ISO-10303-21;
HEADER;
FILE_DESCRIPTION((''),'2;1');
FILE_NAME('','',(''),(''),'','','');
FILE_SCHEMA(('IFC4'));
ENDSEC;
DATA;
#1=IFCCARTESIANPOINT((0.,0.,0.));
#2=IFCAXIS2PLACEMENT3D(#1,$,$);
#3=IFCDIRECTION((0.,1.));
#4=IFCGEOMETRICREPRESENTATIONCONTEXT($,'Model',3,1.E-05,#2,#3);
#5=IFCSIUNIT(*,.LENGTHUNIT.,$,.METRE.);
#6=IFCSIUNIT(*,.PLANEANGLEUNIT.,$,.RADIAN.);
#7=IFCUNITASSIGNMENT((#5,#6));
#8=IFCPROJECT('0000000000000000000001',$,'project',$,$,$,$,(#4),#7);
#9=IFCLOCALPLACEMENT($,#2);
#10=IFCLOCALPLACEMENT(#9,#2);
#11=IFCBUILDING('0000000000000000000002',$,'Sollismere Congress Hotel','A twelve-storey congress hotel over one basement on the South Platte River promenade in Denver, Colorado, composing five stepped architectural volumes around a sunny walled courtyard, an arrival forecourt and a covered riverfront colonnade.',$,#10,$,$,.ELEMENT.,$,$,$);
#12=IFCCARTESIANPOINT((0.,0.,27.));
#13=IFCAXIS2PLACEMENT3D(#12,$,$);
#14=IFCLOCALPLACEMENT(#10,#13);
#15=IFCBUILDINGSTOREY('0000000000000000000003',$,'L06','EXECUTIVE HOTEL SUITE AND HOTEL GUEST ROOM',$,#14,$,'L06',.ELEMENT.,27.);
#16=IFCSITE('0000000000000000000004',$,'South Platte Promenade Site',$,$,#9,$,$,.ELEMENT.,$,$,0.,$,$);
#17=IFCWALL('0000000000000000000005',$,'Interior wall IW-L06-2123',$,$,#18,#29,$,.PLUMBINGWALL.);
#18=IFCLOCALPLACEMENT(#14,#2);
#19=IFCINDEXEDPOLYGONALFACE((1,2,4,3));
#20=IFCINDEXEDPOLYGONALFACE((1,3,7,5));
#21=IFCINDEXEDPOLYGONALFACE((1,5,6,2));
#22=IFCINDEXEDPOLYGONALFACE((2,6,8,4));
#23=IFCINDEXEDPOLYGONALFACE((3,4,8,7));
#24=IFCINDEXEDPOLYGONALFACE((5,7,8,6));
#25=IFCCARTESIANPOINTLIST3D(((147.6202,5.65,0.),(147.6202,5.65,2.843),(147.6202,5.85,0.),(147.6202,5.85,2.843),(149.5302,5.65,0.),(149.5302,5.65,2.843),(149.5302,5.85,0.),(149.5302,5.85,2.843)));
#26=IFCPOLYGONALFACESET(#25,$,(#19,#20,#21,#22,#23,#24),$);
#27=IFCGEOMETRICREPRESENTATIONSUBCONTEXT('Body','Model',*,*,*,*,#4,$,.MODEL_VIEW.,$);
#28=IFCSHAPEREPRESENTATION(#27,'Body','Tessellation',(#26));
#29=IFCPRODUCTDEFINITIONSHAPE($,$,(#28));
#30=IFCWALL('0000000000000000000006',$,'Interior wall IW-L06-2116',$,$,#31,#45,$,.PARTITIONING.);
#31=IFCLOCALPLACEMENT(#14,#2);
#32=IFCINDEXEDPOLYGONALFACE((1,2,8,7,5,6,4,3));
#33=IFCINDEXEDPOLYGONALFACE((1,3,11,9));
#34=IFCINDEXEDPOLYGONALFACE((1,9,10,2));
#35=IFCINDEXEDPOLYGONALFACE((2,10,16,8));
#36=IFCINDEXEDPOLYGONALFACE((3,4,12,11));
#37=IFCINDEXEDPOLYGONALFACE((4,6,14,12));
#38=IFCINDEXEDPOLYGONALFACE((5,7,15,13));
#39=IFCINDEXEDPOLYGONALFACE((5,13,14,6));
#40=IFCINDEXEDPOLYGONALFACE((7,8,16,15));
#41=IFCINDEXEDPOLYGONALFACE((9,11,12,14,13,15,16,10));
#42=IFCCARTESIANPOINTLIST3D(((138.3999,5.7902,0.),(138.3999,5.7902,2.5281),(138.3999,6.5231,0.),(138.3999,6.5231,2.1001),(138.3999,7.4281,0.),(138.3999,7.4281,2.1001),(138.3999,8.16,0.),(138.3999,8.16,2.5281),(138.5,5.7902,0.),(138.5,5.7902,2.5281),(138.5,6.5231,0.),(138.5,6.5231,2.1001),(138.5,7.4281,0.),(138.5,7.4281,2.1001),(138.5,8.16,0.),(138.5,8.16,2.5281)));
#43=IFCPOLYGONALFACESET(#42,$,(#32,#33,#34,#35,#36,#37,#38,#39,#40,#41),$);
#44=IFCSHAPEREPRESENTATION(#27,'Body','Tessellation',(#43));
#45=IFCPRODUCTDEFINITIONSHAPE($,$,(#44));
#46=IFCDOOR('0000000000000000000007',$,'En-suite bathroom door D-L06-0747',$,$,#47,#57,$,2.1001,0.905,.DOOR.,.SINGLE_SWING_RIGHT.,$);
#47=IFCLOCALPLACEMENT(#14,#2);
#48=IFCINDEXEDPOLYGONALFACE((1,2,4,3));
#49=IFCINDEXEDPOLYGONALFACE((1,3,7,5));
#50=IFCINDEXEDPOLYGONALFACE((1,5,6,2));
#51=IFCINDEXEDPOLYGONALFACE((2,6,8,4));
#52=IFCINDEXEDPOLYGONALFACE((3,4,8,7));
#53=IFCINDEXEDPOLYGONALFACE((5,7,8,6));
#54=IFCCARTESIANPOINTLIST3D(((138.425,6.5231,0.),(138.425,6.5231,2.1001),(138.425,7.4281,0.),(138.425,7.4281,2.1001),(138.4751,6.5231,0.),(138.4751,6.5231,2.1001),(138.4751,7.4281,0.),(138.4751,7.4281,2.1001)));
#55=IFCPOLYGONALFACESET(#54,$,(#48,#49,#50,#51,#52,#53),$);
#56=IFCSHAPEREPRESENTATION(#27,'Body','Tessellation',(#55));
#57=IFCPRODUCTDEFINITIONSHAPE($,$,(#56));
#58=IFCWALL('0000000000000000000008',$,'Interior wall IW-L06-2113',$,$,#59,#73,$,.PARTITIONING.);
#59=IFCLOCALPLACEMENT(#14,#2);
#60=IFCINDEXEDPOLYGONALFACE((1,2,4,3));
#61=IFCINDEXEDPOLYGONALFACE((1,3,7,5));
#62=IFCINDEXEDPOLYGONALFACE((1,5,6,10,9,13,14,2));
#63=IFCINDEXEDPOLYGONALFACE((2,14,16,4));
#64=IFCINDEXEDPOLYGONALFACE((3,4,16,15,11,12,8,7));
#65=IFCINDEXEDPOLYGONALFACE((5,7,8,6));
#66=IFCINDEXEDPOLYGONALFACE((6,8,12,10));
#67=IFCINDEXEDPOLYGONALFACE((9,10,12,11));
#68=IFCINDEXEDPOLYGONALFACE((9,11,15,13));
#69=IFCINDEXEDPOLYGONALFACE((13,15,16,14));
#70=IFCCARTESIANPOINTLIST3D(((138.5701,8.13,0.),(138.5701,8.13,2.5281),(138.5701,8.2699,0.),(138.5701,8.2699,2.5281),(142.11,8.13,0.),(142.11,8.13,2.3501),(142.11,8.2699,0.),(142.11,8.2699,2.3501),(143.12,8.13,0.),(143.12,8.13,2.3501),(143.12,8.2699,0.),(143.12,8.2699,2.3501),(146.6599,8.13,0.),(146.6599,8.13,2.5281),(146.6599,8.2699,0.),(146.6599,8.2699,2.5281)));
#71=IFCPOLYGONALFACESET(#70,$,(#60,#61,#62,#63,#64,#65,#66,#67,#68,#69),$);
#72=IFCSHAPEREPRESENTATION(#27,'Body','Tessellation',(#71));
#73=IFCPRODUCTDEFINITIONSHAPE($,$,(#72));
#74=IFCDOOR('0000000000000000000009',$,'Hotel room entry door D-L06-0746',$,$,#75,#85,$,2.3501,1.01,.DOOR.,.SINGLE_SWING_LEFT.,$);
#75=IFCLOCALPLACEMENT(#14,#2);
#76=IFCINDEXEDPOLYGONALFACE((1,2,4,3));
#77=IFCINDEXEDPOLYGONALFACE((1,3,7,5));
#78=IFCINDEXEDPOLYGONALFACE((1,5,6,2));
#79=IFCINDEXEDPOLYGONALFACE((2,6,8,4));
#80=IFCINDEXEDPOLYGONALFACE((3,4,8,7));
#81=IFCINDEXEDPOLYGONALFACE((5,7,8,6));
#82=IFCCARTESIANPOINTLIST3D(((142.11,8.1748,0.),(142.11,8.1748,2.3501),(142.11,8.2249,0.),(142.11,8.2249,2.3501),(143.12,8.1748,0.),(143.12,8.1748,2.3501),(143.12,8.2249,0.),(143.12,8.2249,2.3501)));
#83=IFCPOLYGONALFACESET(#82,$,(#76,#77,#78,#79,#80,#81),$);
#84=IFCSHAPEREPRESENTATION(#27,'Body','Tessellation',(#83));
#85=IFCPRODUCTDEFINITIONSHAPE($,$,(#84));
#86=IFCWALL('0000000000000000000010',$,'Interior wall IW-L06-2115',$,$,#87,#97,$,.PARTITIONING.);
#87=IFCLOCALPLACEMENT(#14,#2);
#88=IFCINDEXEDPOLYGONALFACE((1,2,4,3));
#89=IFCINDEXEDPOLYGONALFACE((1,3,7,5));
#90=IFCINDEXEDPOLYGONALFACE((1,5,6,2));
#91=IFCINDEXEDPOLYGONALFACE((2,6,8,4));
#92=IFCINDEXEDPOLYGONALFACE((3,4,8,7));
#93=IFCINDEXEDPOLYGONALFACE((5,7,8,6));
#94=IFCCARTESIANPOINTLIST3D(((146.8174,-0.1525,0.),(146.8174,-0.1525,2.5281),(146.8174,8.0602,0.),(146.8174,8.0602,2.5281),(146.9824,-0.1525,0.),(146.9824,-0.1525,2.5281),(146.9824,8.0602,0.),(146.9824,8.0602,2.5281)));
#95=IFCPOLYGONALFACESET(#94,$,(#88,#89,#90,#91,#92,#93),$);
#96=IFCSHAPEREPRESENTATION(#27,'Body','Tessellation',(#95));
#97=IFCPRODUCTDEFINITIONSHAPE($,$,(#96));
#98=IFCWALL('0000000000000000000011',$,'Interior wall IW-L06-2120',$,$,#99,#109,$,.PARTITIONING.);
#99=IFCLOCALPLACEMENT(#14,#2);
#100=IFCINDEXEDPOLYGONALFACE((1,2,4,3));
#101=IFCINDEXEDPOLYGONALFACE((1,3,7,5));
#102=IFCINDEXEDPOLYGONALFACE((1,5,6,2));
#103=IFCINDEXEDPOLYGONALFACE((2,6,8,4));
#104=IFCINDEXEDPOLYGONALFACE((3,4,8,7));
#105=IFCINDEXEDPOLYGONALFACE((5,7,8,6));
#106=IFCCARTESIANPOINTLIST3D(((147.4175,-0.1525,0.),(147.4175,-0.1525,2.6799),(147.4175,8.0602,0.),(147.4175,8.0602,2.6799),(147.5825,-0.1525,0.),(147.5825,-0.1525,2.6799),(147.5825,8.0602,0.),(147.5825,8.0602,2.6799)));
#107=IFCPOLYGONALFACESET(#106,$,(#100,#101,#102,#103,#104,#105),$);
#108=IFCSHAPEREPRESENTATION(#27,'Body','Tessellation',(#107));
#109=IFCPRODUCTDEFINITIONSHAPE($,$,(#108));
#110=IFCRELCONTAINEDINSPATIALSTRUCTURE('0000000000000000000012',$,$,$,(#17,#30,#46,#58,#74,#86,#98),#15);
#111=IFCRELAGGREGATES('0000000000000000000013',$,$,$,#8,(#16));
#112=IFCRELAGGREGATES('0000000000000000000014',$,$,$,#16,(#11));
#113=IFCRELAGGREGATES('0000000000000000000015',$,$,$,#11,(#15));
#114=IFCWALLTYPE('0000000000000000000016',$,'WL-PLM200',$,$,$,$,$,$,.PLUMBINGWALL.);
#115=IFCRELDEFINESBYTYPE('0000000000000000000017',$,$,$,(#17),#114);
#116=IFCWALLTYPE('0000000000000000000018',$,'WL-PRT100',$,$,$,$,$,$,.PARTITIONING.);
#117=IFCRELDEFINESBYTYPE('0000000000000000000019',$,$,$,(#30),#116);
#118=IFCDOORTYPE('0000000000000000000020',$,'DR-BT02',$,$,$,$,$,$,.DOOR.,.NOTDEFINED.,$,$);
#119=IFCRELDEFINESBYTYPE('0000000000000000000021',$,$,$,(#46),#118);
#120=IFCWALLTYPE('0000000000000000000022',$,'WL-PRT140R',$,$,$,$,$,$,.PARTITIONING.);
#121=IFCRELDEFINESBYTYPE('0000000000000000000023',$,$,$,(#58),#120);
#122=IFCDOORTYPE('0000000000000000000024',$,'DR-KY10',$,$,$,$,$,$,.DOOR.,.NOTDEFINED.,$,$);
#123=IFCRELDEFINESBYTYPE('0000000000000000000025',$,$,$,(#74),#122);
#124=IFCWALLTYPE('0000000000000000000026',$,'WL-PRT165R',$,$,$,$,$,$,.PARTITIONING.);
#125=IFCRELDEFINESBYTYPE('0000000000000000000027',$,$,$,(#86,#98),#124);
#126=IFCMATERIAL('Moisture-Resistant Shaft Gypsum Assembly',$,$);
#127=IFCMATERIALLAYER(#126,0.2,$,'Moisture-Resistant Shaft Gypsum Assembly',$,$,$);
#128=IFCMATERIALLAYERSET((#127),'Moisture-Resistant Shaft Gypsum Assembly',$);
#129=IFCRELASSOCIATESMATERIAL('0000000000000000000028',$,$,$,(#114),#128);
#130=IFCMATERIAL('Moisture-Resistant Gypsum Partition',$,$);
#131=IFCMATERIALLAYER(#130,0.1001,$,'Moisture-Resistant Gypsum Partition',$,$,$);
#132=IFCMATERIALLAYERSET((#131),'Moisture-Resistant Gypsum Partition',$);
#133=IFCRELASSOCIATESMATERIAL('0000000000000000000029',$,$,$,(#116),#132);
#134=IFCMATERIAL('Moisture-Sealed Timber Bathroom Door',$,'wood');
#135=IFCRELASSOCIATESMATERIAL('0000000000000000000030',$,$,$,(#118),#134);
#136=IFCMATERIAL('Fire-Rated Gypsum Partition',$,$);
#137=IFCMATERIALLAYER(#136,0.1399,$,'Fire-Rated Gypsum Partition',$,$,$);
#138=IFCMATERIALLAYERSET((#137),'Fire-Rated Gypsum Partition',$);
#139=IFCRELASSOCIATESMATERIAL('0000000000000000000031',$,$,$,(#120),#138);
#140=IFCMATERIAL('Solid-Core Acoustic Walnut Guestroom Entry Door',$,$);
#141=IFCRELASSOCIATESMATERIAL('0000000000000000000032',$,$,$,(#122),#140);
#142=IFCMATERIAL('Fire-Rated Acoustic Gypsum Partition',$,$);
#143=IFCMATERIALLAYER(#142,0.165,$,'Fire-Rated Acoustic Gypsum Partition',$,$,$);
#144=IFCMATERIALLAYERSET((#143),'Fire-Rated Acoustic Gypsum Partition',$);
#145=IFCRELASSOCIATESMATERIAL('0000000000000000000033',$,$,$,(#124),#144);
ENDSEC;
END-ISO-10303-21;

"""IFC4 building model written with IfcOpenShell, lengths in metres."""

from ifc_helpers import new_model, si_unit, direction, frame, frame_2d, origin, place, context, subcontext, project, spatial, rectangle, extrude, material, layer, layer_set, type_object, element, fill, save


model = new_model("IFC4")

# Units and contexts
model_context = context("Model", 3, precision=1e-05, world=origin(), true_north=direction((0.0, 1.0)))
body_context = subcontext(model_context, "Body", "Model", "MODEL_VIEW")
ifc_project = project(units=[si_unit("LENGTHUNIT", "METRE"), si_unit("PLANEANGLEUNIT", "RADIAN")], contexts=[model_context])

# Site, building, storey
site_placement = place(None, origin())
site = spatial("IfcSite", under=ifc_project, at=site_placement, Name="South Platte Promenade Site", CompositionType="ELEMENT", RefElevation=0.0)
building_placement = place(site_placement, origin())
building = spatial("IfcBuilding", under=site, at=building_placement, Name="Sollismere Congress Hotel", Description="A twelve-storey congress hotel over one basement on the South Platte River promenade in Denver, Colorado, composing five stepped architectural volumes around a sunny walled courtyard, an arrival forecourt and a covered riverfront colonnade.", CompositionType="ELEMENT")
storey_placement = place(building_placement, frame((0.0, 0.0, 27.0)))
storey = spatial("IfcBuildingStorey", under=building, at=storey_placement, Name="L06", Description="EXECUTIVE HOTEL SUITE AND HOTEL GUEST ROOM", LongName="L06", CompositionType="ELEMENT", Elevation=27.0)

# Wall
ifc_material_1 = material(Name="Moisture-Resistant Shaft Gypsum Assembly")
ifc_layer_1 = layer(ifc_material_1, 0.2, Name="Moisture-Resistant Shaft Gypsum Assembly")
ifc_layer_set_1 = layer_set([ifc_layer_1], Name="Moisture-Resistant Shaft Gypsum Assembly")
wall_type_1 = type_object("IfcWallType", Name="WL-PLM200", PredefinedType="PLUMBINGWALL", material=ifc_layer_set_1)
wall_1_placement = place(storey_placement, frame((147.6201, 5.75, 0.0), z_axis=(0.0, 0.0, 1.0), x_axis=(1.0, 0.0, 0.0)))
element("IfcWall", 1, at=wall_1_placement, inside=storey, type_object=wall_type_1, Name="Interior wall IW-L06-2123", PredefinedType="PLUMBINGWALL", context=body_context, shape_type="SweptSolid", body=[
    extrude(rectangle(XDim=1.9099, YDim=0.2, at=frame_2d((0.9551, 0.0))), origin(), (0.0, 0.0, 1.0), 2.843),
])

# Walls, openings, doors
ifc_material_2 = material(Name="Moisture-Resistant Gypsum Partition")
ifc_layer_2 = layer(ifc_material_2, 0.1001, Name="Moisture-Resistant Gypsum Partition")
ifc_layer_set_2 = layer_set([ifc_layer_2], Name="Moisture-Resistant Gypsum Partition")
wall_type_2 = type_object("IfcWallType", Name="WL-PRT100", PredefinedType="PARTITIONING", material=ifc_layer_set_2)
wall_2_placement = place(storey_placement, frame((138.45, 5.79, 0.0), z_axis=(0.0, 0.0, 1.0), x_axis=(0.0, 1.0, 0.0)))
wall_2 = element("IfcWall", 2, at=wall_2_placement, inside=storey, type_object=wall_type_2, Name="Interior wall IW-L06-2116", PredefinedType="PARTITIONING", context=body_context, shape_type="SweptSolid", body=[
    extrude(rectangle(XDim=2.3699, YDim=0.1001, at=frame_2d((1.1851, 0.0))), origin(), (0.0, 0.0, 1.0), 2.5281),
])
opening_1_placement = place(wall_2_placement, frame((0.7329, 0.0, 0.0)))
opening_1 = element("IfcOpeningElement", 3, at=opening_1_placement, cuts=wall_2, PredefinedType="OPENING", context=body_context, shape_type="SweptSolid", body=[
    extrude(rectangle(XDim=0.905, YDim=2.1001, at=frame_2d((0.4526, 1.05))), frame((0.0, 0.0601, 0.0), z_axis=(0.0, -1.0, 0.0), x_axis=(1.0, 0.0, 0.0)), (0.0, 0.0, 1.0), 0.1201),
])
ifc_material_3 = material(Name="Moisture-Sealed Timber Bathroom Door", Category="wood")
door_type_1 = type_object("IfcDoorType", Name="DR-BT02", OperationType="NOTDEFINED", PredefinedType="DOOR", material=ifc_material_3)
door_1_placement = place(opening_1_placement, origin())
door_1 = element("IfcDoor", 4, at=door_1_placement, inside=storey, type_object=door_type_1, Name="En-suite bathroom door D-L06-0747", OperationType="SINGLE_SWING_RIGHT", OverallHeight=2.1001, OverallWidth=0.905, PredefinedType="DOOR", context=body_context, shape_type="SweptSolid", body=[
    extrude(rectangle(XDim=0.905, YDim=2.1001, at=frame_2d((0.4526, 1.05))), frame((0.0, 0.0249, 0.0), z_axis=(0.0, -1.0, 0.0), x_axis=(1.0, 0.0, 0.0)), (0.0, 0.0, 1.0), 0.05),
])
fill(opening_1, door_1)
ifc_material_4 = material(Name="Fire-Rated Gypsum Partition")
ifc_layer_3 = layer(ifc_material_4, 0.1399, Name="Fire-Rated Gypsum Partition")
ifc_layer_set_3 = layer_set([ifc_layer_3], Name="Fire-Rated Gypsum Partition")
wall_type_3 = type_object("IfcWallType", Name="WL-PRT140R", PredefinedType="PARTITIONING", material=ifc_layer_set_3)
wall_3_placement = place(storey_placement, frame((138.5701, 8.2, 0.0), z_axis=(0.0, 0.0, 1.0), x_axis=(1.0, 0.0, 0.0)))
wall_3 = element("IfcWall", 5, at=wall_3_placement, inside=storey, type_object=wall_type_3, Name="Interior wall IW-L06-2113", PredefinedType="PARTITIONING", context=body_context, shape_type="SweptSolid", body=[
    extrude(rectangle(XDim=8.0898, YDim=0.1399, at=frame_2d((4.0449, 0.0))), origin(), (0.0, 0.0, 1.0), 2.5281),
])
opening_2_placement = place(wall_3_placement, frame((3.54, 0.0, 0.0)))
opening_2 = element("IfcOpeningElement", 6, at=opening_2_placement, cuts=wall_3, PredefinedType="OPENING", context=body_context, shape_type="SweptSolid", body=[
    extrude(rectangle(XDim=1.01, YDim=2.3501, at=frame_2d((0.5049, 1.175))), frame((0.0, 0.0798, 0.0), z_axis=(0.0, -1.0, 0.0), x_axis=(1.0, 0.0, 0.0)), (0.0, 0.0, 1.0), 0.1599),
])
ifc_material_5 = material(Name="Solid-Core Acoustic Walnut Guestroom Entry Door")
door_type_2 = type_object("IfcDoorType", Name="DR-KY10", OperationType="NOTDEFINED", PredefinedType="DOOR", material=ifc_material_5)
door_2_placement = place(opening_2_placement, origin())
door_2 = element("IfcDoor", 7, at=door_2_placement, inside=storey, type_object=door_type_2, Name="Hotel room entry door D-L06-0746", OperationType="SINGLE_SWING_LEFT", OverallHeight=2.3501, OverallWidth=1.01, PredefinedType="DOOR", context=body_context, shape_type="SweptSolid", body=[
    extrude(rectangle(XDim=1.01, YDim=2.3501, at=frame_2d((0.5049, 1.175))), frame((0.0, 0.0249, 0.0), z_axis=(0.0, -1.0, 0.0), x_axis=(1.0, 0.0, 0.0)), (0.0, 0.0, 1.0), 0.05),
])
fill(opening_2, door_2)

# Walls
ifc_material_6 = material(Name="Fire-Rated Acoustic Gypsum Partition")
ifc_layer_4 = layer(ifc_material_6, 0.165, Name="Fire-Rated Acoustic Gypsum Partition")
ifc_layer_set_4 = layer_set([ifc_layer_4], Name="Fire-Rated Acoustic Gypsum Partition")
wall_type_4 = type_object("IfcWallType", Name="WL-PRT165R", PredefinedType="PARTITIONING", material=ifc_layer_set_4)
wall_4_placement = place(storey_placement, frame((146.8999, -0.1526, 0.0), z_axis=(0.0, 0.0, 1.0), x_axis=(0.0, 1.0, 0.0)))
element("IfcWall", 8, at=wall_4_placement, inside=storey, type_object=wall_type_4, Name="Interior wall IW-L06-2115", PredefinedType="PARTITIONING", context=body_context, shape_type="SweptSolid", body=[
    extrude(rectangle(XDim=8.2126, YDim=0.165, at=frame_2d((4.1064, 0.0))), origin(), (0.0, 0.0, 1.0), 2.5281),
])
wall_5_placement = place(storey_placement, frame((147.5, -0.1526, 0.0), z_axis=(0.0, 0.0, 1.0), x_axis=(0.0, 1.0, 0.0)))
element("IfcWall", 9, at=wall_5_placement, inside=storey, type_object=wall_type_4, Name="Interior wall IW-L06-2120", PredefinedType="PARTITIONING", context=body_context, shape_type="SweptSolid", body=[
    extrude(rectangle(XDim=8.2126, YDim=0.165, at=frame_2d((4.1064, 0.0))), origin(), (0.0, 0.0, 1.0), 2.6799),
])

save(model, "model.ifc")
